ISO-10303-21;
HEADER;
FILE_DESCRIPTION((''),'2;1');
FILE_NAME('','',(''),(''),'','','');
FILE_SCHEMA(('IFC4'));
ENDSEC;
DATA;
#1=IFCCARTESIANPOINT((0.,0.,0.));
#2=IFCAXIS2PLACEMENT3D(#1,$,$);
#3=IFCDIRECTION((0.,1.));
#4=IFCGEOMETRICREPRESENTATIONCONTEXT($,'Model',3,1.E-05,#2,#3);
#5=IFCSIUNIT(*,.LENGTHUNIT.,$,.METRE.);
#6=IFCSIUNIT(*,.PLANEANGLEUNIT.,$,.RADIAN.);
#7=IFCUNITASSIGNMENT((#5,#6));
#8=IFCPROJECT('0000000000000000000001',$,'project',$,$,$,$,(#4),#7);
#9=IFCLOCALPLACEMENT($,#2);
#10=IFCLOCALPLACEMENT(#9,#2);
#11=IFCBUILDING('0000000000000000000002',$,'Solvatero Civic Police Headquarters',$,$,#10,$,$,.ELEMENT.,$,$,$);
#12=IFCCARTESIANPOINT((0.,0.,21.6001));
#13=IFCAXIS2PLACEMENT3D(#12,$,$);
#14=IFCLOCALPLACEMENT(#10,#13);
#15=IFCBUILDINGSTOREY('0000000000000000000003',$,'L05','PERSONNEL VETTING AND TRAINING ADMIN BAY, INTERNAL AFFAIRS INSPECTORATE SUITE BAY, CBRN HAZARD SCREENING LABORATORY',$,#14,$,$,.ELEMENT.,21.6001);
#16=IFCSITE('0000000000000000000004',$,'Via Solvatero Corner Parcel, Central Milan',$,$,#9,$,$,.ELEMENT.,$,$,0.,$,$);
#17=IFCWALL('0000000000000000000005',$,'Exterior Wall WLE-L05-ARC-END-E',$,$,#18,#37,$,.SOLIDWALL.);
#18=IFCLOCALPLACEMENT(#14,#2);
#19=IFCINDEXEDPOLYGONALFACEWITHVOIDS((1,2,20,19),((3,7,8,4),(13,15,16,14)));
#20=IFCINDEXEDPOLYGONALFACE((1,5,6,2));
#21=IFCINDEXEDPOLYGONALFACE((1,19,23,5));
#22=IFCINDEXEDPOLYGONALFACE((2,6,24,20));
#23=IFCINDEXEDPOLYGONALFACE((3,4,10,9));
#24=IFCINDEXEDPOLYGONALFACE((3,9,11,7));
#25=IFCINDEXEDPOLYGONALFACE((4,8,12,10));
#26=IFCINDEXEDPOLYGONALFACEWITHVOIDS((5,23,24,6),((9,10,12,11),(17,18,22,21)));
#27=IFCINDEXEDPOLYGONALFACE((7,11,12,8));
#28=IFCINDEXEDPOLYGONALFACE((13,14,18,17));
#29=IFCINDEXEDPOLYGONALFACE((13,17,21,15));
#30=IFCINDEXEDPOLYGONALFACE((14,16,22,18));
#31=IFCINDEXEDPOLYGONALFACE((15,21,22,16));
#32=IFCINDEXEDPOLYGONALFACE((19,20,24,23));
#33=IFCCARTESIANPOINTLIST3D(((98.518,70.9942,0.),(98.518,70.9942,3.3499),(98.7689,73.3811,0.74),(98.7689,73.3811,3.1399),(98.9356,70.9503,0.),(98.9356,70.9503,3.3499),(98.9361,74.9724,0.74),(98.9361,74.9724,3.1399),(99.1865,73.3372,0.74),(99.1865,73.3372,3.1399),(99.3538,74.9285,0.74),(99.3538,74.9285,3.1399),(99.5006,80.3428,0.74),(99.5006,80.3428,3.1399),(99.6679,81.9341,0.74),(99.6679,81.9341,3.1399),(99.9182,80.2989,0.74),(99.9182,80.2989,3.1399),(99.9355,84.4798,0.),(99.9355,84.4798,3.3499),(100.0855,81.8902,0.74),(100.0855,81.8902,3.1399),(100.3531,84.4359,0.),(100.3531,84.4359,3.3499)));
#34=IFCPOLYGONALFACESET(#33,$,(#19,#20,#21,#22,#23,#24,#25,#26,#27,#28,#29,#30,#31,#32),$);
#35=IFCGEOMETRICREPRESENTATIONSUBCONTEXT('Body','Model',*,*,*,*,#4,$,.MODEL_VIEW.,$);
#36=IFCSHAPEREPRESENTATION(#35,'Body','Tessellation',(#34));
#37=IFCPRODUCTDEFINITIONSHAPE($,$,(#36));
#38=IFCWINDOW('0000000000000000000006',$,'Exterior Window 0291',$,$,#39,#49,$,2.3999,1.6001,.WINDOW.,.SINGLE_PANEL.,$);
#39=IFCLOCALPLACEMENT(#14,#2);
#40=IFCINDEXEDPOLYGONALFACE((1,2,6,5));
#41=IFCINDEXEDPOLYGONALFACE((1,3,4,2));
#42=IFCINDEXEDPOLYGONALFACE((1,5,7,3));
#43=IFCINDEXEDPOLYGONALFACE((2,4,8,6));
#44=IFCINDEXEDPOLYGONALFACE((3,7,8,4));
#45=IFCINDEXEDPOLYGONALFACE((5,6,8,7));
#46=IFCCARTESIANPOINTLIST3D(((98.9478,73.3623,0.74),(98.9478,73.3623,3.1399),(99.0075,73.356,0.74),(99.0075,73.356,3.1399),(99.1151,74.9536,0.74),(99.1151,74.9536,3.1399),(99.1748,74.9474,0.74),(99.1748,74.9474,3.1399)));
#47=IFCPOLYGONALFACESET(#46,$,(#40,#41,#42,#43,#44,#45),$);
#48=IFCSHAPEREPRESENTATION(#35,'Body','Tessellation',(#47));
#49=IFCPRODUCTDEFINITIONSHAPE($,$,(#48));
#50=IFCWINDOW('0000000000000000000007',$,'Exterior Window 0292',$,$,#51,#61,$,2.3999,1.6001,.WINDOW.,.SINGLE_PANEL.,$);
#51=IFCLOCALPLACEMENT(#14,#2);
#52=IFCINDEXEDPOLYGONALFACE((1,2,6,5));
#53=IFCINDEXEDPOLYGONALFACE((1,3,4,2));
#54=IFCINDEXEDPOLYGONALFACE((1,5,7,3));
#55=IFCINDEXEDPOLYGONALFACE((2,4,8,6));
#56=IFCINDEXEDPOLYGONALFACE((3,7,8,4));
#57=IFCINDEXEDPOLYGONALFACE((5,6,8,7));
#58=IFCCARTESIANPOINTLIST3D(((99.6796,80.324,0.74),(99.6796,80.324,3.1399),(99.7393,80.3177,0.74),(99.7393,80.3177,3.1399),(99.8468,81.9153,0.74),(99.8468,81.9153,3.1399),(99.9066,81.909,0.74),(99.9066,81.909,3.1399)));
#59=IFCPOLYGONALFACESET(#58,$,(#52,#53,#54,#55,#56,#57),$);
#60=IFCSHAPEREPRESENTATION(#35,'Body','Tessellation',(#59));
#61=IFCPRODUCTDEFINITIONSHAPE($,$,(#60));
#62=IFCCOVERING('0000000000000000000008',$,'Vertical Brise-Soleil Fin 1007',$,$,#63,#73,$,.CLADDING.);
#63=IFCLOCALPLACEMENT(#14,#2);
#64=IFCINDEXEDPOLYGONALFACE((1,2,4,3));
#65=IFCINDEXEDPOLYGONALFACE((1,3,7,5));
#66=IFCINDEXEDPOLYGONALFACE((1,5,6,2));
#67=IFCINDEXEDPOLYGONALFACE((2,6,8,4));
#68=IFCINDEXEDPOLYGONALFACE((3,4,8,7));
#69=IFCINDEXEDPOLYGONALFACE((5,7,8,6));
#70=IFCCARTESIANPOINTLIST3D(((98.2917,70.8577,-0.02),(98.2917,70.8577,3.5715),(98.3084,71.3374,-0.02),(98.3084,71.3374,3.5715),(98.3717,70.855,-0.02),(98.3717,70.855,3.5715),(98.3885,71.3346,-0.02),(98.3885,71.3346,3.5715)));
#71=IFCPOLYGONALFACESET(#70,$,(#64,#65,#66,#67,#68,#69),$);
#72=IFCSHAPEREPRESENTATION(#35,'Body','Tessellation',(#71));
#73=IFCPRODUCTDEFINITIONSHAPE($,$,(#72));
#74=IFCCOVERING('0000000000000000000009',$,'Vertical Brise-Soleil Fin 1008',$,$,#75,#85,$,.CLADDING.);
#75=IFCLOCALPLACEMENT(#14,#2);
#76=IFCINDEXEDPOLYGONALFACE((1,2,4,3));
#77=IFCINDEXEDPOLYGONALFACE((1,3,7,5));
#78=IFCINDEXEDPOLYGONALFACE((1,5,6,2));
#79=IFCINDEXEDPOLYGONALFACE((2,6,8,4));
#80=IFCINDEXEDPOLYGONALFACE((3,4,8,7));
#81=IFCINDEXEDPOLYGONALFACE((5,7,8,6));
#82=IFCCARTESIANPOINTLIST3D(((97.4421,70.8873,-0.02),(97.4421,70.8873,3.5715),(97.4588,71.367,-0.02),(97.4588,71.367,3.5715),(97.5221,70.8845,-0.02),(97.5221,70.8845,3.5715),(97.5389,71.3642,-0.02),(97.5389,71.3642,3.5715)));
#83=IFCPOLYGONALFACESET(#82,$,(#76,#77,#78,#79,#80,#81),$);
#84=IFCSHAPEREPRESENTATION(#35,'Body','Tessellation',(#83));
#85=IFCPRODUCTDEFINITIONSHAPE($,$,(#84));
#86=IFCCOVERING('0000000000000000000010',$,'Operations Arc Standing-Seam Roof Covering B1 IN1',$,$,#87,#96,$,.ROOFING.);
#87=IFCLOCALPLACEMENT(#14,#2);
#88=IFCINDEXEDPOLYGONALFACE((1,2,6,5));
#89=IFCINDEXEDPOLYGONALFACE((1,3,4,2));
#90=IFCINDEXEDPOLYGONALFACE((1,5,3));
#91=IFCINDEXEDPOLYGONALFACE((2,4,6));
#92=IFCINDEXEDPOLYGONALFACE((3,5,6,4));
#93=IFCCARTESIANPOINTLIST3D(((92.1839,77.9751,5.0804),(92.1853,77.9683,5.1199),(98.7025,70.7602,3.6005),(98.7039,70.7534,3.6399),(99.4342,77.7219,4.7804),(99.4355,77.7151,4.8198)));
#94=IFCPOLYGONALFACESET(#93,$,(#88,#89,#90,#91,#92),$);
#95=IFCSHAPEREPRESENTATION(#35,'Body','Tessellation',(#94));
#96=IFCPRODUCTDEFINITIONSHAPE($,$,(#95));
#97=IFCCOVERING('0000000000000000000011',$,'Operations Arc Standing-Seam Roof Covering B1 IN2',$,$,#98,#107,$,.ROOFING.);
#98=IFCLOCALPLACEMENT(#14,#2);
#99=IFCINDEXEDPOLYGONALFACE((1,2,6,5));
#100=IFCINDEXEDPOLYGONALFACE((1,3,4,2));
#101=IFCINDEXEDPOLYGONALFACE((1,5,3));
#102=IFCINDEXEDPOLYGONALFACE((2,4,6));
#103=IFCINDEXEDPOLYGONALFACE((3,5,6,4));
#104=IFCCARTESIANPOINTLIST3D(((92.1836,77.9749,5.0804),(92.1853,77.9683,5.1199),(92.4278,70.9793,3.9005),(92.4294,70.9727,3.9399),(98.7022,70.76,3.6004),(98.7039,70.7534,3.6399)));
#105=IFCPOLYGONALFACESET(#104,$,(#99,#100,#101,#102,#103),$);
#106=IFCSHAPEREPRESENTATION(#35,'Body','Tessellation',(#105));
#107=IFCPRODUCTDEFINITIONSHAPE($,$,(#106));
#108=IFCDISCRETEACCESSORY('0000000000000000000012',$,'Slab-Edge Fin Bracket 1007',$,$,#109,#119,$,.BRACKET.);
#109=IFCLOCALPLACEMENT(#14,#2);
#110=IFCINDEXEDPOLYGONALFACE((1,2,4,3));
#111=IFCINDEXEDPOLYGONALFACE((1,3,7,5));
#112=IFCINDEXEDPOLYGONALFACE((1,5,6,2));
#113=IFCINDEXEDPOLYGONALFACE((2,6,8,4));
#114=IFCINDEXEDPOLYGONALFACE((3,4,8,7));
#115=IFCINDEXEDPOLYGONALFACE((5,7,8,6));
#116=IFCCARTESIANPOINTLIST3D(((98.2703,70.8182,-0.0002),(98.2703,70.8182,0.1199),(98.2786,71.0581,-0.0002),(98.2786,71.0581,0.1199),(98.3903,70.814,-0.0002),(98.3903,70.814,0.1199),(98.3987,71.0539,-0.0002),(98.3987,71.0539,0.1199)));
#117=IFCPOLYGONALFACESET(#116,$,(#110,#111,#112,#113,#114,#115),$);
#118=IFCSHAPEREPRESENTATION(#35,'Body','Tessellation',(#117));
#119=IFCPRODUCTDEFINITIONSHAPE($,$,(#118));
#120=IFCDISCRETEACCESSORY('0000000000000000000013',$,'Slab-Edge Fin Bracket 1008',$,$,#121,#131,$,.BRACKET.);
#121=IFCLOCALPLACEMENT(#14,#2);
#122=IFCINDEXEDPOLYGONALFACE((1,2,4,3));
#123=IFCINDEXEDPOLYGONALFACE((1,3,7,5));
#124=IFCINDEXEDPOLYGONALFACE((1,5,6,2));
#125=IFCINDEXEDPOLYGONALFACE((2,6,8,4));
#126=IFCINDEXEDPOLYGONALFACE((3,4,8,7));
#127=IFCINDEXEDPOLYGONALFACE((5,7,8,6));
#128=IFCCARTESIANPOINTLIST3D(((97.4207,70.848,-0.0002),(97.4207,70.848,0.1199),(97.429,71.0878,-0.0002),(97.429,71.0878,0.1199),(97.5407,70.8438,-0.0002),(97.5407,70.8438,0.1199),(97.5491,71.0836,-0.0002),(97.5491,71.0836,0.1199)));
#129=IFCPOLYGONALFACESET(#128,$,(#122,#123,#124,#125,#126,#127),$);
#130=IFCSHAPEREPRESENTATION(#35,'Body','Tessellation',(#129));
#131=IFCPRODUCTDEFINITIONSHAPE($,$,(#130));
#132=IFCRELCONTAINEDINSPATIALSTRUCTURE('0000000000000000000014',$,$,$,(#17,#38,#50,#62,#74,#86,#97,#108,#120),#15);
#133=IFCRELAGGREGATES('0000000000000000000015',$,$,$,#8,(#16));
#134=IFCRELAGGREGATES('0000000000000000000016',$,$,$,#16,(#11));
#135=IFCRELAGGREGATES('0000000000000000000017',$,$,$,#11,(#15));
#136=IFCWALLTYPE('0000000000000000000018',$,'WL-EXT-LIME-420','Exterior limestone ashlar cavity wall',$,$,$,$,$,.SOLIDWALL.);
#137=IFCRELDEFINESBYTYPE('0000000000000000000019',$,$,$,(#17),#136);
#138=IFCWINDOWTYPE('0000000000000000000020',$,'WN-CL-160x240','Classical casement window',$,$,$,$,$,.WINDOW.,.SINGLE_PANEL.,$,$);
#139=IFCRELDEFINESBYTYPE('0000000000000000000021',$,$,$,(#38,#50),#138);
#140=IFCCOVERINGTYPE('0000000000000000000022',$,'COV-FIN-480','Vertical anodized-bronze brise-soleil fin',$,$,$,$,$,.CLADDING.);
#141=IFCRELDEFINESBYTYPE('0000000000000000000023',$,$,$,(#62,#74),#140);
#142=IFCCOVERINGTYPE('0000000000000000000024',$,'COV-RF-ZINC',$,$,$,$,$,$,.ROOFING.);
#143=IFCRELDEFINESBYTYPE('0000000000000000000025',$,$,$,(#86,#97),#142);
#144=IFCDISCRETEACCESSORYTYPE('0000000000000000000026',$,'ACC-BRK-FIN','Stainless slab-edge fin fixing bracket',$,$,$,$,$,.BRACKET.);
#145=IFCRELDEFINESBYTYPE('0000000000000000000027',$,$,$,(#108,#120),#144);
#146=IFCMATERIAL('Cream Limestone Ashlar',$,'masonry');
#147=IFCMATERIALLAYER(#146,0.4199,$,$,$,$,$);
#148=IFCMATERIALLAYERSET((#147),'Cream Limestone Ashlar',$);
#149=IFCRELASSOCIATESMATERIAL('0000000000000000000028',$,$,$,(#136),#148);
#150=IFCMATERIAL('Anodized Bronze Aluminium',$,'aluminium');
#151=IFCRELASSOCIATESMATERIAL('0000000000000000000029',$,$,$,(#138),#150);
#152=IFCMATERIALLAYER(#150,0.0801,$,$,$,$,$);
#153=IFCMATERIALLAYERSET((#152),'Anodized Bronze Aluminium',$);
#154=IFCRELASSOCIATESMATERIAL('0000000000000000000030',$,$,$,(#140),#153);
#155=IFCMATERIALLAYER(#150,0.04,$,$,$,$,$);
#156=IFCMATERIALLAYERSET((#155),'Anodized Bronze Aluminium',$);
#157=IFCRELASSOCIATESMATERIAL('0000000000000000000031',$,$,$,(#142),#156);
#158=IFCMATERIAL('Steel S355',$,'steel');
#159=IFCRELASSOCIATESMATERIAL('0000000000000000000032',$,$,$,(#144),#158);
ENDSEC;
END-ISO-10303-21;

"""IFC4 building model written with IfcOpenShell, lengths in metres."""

from ifc_helpers import new_model, si_unit, direction, frame, frame_2d, origin, origin_2d, place, context, subcontext, project, spatial, polyline, rectangle, outline, extrude, material, layer, layer_set, type_object, element, fill, save


model = new_model("IFC4")

# Units and contexts
model_context = context("Model", 3, precision=1e-05, world=origin(), true_north=direction((0.0, 1.0)))
body_context = subcontext(model_context, "Body", "Model", "MODEL_VIEW")
ifc_project = project(units=[si_unit("LENGTHUNIT", "METRE"), si_unit("PLANEANGLEUNIT", "RADIAN")], contexts=[model_context])

# Site, building, storey
site_placement = place(None, origin())
site = spatial("IfcSite", under=ifc_project, at=site_placement, Name="Via Solvatero Corner Parcel, Central Milan", CompositionType="ELEMENT", RefElevation=0.0)
building_placement = place(site_placement, origin())
building = spatial("IfcBuilding", under=site, at=building_placement, Name="Solvatero Civic Police Headquarters", CompositionType="ELEMENT")
storey_placement = place(building_placement, frame((0.0, 0.0, 21.6001)))
storey = spatial("IfcBuildingStorey", under=building, at=storey_placement, Name="L05", Description="PERSONNEL VETTING AND TRAINING ADMIN BAY, INTERNAL AFFAIRS INSPECTORATE SUITE BAY, CBRN HAZARD SCREENING LABORATORY", CompositionType="ELEMENT", Elevation=21.6001)

# Shared definitions
ifc_material_1 = material(Name="Steel S355", Category="steel")

# Shared definitions
ifc_material_2 = material(Name="Anodized Bronze Aluminium", Category="aluminium")

# Wall, openings, windows
ifc_material_3 = material(Name="Cream Limestone Ashlar", Category="masonry")
ifc_layer_1 = layer(ifc_material_3, 0.4199)
ifc_layer_set_1 = layer_set([ifc_layer_1], Name="Cream Limestone Ashlar")
wall_type = type_object("IfcWallType", Name="WL-EXT-LIME-420", Description="Exterior limestone ashlar cavity wall", PredefinedType="SOLIDWALL", material=ifc_layer_set_1)
wall_placement = place(storey_placement, frame((98.7268, 70.9724, 0.0), z_axis=(0.0, 0.0, 1.0), x_axis=(0.104535, 0.994521, 0.0)))
wall = element("IfcWall", 1, at=wall_placement, inside=storey, type_object=wall_type, Name="Exterior Wall WLE-L05-ARC-END-E", PredefinedType="SOLIDWALL", context=body_context, shape_type="SweptSolid", body=[
    extrude(rectangle(XDim=13.5598, YDim=0.4199, at=frame_2d((6.7798, 0.0))), origin(), (0.0, 0.0, 1.0), 3.3499),
])
opening_1_placement = place(wall_placement, frame((2.3999, 0.0, 0.74)))
opening_1 = element("IfcOpeningElement", 2, at=opening_1_placement, cuts=wall, PredefinedType="OPENING", context=body_context, shape_type="SweptSolid", body=[
    extrude(rectangle(XDim=1.6001, YDim=2.3999, at=frame_2d((0.8, 1.2))), frame((0.0, 0.22, 0.0), z_axis=(0.0, -1.0, 0.0), x_axis=(1.0, 0.0, 0.0)), (0.0, 0.0, 1.0), 0.4399),
])
opening_2_placement = place(wall_placement, frame((9.3999, 0.0, 0.74)))
opening_2 = element("IfcOpeningElement", 3, at=opening_2_placement, cuts=wall, PredefinedType="OPENING", context=body_context, shape_type="SweptSolid", body=[
    extrude(rectangle(XDim=1.6001, YDim=2.3999, at=frame_2d((0.8, 1.2))), frame((0.0, 0.22, 0.0), z_axis=(0.0, -1.0, 0.0), x_axis=(1.0, 0.0, 0.0)), (0.0, 0.0, 1.0), 0.4399),
])
window_type = type_object("IfcWindowType", Name="WN-CL-160x240", Description="Classical casement window", PartitioningType="SINGLE_PANEL", PredefinedType="WINDOW", material=ifc_material_2)
window_1_placement = place(opening_1_placement, origin())
window_1 = element("IfcWindow", 4, at=window_1_placement, inside=storey, type_object=window_type, Name="Exterior Window 0291", OverallHeight=2.3999, OverallWidth=1.6001, PartitioningType="SINGLE_PANEL", PredefinedType="WINDOW", context=body_context, shape_type="SweptSolid", body=[
    extrude(rectangle(XDim=1.6001, YDim=2.3999, at=frame_2d((0.8, 1.2))), frame((0.0, 0.03, 0.0), z_axis=(0.0, -1.0, 0.0), x_axis=(1.0, 0.0, 0.0)), (0.0, 0.0, 1.0), 0.0601),
])
fill(opening_1, window_1)
window_2_placement = place(opening_2_placement, origin())
window_2 = element("IfcWindow", 5, at=window_2_placement, inside=storey, type_object=window_type, Name="Exterior Window 0292", OverallHeight=2.3999, OverallWidth=1.6001, PartitioningType="SINGLE_PANEL", PredefinedType="WINDOW", context=body_context, shape_type="SweptSolid", body=[
    extrude(rectangle(XDim=1.6001, YDim=2.3999, at=frame_2d((0.8, 1.2))), frame((0.0, 0.03, 0.0), z_axis=(0.0, -1.0, 0.0), x_axis=(1.0, 0.0, 0.0)), (0.0, 0.0, 1.0), 0.0601),
])
fill(opening_2, window_2)

# Coverings
ifc_layer_2 = layer(ifc_material_2, 0.0801)
ifc_layer_set_2 = layer_set([ifc_layer_2], Name="Anodized Bronze Aluminium")
covering_type_1 = type_object("IfcCoveringType", Name="COV-FIN-480", Description="Vertical anodized-bronze brise-soleil fin", PredefinedType="CLADDING", material=ifc_layer_set_2)
for number, where, z_axis, x_axis, name in (
    (6, (98.3401, 71.0962, -0.02), (0.0, 0.0, 1.0), (-0.999391, 0.034899, 0.0), "Vertical Brise-Soleil Fin 1007"),
    (7, (97.4905, 71.1257, -0.02), (0.0, 0.0, 1.0), (-0.999391, 0.034899, 0.0), "Vertical Brise-Soleil Fin 1008"),
):
    element("IfcCovering", number, at=place(storey_placement, frame(where, z_axis=z_axis, x_axis=x_axis)), inside=storey, type_object=covering_type_1, Name=name, PredefinedType="CLADDING", context=body_context, shape_type="SweptSolid", body=[
        extrude(rectangle(XDim=0.0801, YDim=0.48, at=origin_2d()), origin(), (0.0, 0.0, 1.0), 3.5916),
    ])
ifc_layer_3 = layer(ifc_material_2, 0.04)
ifc_layer_set_3 = layer_set([ifc_layer_3], Name="Anodized Bronze Aluminium")
covering_type_2 = type_object("IfcCoveringType", Name="COV-RF-ZINC", PredefinedType="ROOFING", material=ifc_layer_set_3)
covering_1_placement = place(storey_placement, frame((98.7039, 70.7534, 3.6399), z_axis=(0.034797, -0.170559, 0.984733), x_axis=(0.103073, 0.980688, 0.166216)))
element("IfcCovering", 8, at=covering_1_placement, inside=storey, type_object=covering_type_2, Name="Operations Arc Standing-Seam Roof Covering B1 IN1", PredefinedType="ROOFING", context=body_context, shape_type="SweptSolid", body=[
    extrude(outline(polyline([(0.0, 0.0), (7.0988, 0.0), (6.6496, 7.247), (0.0, 0.0)])), origin(), (0.0, 0.0, -1.0), 0.04),
])
covering_2_placement = place(storey_placement, frame((98.7039, 70.7534, 3.6399), z_axis=(0.041368, -0.164772, 0.985464), x_axis=(-0.662762, 0.733556, 0.150474)))
element("IfcCovering", 9, at=covering_2_placement, inside=storey, type_object=covering_type_2, Name="Operations Arc Standing-Seam Roof Covering B1 IN2", PredefinedType="ROOFING", context=body_context, shape_type="SweptSolid", body=[
    extrude(outline(polyline([(0.0, 0.0), (9.8354, 0.0), (4.3644, 4.5231), (0.0, 0.0)])), origin(), (0.0, 0.0, -1.0), 0.04),
])

# Discrete accessories
discrete_accessory_type = type_object("IfcDiscreteAccessoryType", Name="ACC-BRK-FIN", Description="Stainless slab-edge fin fixing bracket", PredefinedType="BRACKET", material=ifc_material_1)
for number, where, z_axis, x_axis, name in (
    (10, (98.3345, 70.936, -0.0002), (0.0, 0.0, 1.0), (-0.999391, 0.034899, 0.0), "Slab-Edge Fin Bracket 1007"),
    (11, (97.4849, 70.9658, -0.0002), (0.0, 0.0, 1.0), (-0.999391, 0.034899, 0.0), "Slab-Edge Fin Bracket 1008"),
):
    element("IfcDiscreteAccessory", number, at=place(storey_placement, frame(where, z_axis=z_axis, x_axis=x_axis)), inside=storey, type_object=discrete_accessory_type, Name=name, PredefinedType="BRACKET", context=body_context, shape_type="SweptSolid", body=[
        extrude(rectangle(XDim=0.1201, YDim=0.24, at=origin_2d()), origin(), (0.0, 0.0, 1.0), 0.1201),
    ])

save(model, "model.ifc")
